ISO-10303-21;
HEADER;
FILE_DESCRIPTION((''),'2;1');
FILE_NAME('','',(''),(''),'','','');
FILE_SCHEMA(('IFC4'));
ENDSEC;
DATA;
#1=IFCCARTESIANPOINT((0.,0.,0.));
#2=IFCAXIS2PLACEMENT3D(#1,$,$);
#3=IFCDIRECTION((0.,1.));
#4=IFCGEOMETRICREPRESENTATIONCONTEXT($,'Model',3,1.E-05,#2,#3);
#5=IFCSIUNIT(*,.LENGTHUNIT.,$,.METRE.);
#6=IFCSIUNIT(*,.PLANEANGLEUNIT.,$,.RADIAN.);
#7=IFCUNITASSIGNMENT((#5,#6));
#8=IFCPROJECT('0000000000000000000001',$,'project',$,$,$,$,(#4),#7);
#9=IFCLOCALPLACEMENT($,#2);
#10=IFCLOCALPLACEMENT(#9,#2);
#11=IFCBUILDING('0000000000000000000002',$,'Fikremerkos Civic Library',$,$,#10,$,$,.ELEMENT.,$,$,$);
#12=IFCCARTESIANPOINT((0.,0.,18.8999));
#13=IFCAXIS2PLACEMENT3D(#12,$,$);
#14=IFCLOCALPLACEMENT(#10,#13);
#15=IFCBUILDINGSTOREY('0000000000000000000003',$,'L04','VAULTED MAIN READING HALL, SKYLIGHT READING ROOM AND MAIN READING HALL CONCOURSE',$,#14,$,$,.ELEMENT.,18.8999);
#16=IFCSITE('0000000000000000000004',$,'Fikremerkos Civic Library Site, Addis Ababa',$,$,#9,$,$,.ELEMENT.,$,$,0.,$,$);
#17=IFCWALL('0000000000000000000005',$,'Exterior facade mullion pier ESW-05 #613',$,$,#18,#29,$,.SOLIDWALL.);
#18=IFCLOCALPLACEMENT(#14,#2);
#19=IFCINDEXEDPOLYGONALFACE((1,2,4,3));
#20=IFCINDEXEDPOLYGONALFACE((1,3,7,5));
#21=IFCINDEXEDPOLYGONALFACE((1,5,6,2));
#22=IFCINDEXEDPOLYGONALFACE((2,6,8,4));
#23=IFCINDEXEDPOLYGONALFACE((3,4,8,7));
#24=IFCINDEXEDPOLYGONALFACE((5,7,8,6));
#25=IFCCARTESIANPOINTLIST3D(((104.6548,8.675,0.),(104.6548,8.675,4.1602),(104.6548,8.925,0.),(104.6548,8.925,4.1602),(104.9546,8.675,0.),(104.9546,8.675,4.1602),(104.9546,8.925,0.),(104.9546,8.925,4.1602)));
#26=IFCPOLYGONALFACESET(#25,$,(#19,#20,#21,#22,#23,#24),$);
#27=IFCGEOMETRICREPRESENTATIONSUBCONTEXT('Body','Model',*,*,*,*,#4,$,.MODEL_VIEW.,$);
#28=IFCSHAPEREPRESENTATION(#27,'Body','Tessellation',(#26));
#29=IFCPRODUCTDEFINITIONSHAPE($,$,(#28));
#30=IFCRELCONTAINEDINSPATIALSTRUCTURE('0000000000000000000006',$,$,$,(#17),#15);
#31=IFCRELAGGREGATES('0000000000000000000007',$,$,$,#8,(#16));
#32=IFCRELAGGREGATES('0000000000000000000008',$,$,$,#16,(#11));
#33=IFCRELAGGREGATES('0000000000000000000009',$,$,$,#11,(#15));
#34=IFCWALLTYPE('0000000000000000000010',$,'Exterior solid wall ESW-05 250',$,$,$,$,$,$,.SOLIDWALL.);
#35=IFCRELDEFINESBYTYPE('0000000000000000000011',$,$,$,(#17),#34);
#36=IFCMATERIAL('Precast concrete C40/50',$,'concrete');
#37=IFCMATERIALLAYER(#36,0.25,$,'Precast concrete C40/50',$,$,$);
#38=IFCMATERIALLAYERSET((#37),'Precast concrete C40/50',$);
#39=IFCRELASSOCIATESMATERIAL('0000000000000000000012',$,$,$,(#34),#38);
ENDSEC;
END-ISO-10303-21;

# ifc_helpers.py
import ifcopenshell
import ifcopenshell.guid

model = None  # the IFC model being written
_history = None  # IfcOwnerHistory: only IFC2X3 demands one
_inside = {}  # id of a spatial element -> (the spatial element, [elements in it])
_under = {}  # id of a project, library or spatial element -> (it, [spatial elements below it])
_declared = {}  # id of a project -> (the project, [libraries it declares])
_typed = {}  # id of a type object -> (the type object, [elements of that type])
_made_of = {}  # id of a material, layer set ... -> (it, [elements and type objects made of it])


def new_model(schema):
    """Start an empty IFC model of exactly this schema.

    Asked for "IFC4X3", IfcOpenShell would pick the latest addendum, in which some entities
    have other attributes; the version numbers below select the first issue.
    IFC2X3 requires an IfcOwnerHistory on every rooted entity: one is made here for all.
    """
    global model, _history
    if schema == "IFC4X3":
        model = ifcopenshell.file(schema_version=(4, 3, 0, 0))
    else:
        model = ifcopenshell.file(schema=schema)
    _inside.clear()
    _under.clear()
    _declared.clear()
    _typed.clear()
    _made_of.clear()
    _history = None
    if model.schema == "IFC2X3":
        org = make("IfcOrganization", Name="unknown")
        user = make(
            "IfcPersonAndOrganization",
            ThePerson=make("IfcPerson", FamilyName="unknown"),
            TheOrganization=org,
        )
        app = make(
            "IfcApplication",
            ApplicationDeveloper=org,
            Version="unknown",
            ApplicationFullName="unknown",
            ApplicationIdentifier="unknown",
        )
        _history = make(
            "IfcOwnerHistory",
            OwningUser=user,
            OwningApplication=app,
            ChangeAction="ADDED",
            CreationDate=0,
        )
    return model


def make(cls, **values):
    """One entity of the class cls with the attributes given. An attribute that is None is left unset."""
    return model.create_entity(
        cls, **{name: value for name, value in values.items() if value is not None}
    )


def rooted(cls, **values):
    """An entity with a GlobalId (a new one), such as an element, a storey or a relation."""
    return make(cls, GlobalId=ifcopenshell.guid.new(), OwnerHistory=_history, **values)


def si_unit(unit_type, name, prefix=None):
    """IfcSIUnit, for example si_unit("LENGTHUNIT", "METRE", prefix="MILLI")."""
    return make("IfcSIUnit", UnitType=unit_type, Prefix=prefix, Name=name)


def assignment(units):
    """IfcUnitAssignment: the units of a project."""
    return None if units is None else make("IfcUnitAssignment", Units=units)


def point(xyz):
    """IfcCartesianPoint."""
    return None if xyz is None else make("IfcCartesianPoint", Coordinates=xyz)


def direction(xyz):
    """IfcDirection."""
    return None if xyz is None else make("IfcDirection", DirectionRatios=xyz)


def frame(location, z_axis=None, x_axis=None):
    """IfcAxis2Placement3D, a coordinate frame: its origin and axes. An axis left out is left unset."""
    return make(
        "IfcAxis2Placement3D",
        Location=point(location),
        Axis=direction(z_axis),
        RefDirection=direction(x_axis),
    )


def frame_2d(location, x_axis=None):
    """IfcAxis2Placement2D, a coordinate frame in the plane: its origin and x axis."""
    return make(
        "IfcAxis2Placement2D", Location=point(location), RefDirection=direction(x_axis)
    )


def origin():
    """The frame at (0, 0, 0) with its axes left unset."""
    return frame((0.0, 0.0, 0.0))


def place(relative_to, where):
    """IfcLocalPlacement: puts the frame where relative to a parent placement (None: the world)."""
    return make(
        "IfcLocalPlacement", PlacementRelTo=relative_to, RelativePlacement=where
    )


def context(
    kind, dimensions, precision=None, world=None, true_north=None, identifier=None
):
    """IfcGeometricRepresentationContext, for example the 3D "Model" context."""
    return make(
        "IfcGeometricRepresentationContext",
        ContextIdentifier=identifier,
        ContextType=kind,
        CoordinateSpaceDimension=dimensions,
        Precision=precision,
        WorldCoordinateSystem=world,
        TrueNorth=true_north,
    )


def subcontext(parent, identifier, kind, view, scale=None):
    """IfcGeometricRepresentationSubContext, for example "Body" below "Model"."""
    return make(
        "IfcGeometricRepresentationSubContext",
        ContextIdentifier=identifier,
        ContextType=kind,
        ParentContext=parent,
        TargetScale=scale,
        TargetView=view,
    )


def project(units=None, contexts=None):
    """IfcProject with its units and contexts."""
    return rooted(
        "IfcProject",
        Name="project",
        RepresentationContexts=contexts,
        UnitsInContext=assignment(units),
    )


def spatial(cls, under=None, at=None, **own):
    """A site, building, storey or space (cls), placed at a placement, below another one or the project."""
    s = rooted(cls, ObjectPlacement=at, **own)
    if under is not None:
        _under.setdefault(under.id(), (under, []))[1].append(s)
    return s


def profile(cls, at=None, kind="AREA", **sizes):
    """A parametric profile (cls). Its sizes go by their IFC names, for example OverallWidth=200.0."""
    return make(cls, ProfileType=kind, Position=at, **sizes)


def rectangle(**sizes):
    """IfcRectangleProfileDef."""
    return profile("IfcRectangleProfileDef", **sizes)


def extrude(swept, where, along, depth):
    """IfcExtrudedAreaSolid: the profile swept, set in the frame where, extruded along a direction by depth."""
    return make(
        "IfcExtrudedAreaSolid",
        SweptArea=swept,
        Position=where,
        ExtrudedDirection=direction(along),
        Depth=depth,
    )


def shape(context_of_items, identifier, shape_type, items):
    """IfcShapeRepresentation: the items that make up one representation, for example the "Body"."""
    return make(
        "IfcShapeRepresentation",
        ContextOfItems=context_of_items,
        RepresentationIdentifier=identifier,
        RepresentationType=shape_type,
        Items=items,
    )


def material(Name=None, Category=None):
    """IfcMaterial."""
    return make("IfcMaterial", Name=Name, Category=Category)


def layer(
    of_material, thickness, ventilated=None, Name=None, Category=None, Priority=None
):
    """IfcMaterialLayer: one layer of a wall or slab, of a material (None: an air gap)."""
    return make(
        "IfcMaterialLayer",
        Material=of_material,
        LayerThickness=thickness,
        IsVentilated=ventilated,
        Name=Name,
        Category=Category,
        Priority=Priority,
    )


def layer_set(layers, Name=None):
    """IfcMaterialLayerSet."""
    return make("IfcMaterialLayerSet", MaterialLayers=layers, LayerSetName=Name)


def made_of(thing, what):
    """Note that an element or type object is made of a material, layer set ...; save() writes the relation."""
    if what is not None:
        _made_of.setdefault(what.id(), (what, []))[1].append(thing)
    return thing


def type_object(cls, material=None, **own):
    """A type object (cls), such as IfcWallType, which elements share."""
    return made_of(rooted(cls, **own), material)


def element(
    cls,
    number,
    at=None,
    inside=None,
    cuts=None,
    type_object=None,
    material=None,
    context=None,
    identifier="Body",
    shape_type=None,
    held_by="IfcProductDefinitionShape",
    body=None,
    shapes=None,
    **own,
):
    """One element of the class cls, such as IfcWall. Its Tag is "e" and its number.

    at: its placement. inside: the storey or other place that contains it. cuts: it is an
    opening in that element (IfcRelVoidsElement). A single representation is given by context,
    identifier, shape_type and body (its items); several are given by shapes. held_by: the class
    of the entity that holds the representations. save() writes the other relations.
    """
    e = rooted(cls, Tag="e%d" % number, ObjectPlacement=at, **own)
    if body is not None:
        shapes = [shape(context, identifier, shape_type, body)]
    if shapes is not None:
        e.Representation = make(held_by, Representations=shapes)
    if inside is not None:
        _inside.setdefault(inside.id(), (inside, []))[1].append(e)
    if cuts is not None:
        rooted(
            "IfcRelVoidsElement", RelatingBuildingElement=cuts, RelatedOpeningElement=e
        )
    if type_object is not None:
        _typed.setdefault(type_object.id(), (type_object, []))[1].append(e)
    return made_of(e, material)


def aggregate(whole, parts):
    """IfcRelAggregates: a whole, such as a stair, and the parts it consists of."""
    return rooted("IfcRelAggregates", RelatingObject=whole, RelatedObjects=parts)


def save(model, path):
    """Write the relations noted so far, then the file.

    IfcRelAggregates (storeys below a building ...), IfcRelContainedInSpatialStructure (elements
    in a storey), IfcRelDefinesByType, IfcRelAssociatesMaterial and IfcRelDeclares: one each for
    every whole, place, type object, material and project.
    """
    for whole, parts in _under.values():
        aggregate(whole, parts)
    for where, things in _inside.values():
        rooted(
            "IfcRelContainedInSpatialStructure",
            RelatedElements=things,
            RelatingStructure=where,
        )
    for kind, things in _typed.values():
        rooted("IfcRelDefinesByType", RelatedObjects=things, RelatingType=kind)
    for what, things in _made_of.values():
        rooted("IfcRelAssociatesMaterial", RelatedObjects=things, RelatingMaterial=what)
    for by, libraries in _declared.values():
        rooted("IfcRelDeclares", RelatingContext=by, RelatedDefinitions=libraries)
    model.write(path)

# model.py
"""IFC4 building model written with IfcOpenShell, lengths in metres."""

from ifc_helpers import new_model, si_unit, direction, frame, frame_2d, origin, place, context, subcontext, project, spatial, rectangle, extrude, material, layer, layer_set, type_object, element, save


model = new_model("IFC4")

# Units and contexts
model_context = context("Model", 3, precision=1e-05, world=origin(), true_north=direction((0.0, 1.0)))
body_context = subcontext(model_context, "Body", "Model", "MODEL_VIEW")
ifc_project = project(units=[si_unit("LENGTHUNIT", "METRE"), si_unit("PLANEANGLEUNIT", "RADIAN")], contexts=[model_context])

# Site, building, storey
site_placement = place(None, origin())
site = spatial("IfcSite", under=ifc_project, at=site_placement, Name="Fikremerkos Civic Library Site, Addis Ababa", CompositionType="ELEMENT", RefElevation=0.0)
building_placement = place(site_placement, origin())
building = spatial("IfcBuilding", under=site, at=building_placement, Name="Fikremerkos Civic Library", CompositionType="ELEMENT")
storey_placement = place(building_placement, frame((0.0, 0.0, 18.8999)))
storey = spatial("IfcBuildingStorey", under=building, at=storey_placement, Name="L04", Description="VAULTED MAIN READING HALL, SKYLIGHT READING ROOM AND MAIN READING HALL CONCOURSE", CompositionType="ELEMENT", Elevation=18.8999)

# Wall
ifc_material_1 = material(Name="Precast concrete C40/50", Category="concrete")
ifc_layer_1 = layer(ifc_material_1, 0.25, Name="Precast concrete C40/50")
ifc_layer_set_1 = layer_set([ifc_layer_1], Name="Precast concrete C40/50")
wall_type = type_object("IfcWallType", Name="Exterior solid wall ESW-05 250", PredefinedType="SOLIDWALL", material=ifc_layer_set_1)
wall_1_placement = place(storey_placement, frame((104.9546, 8.8, 0.0), z_axis=(0.0, 0.0, 1.0), x_axis=(-1.0, 0.0, 0.0)))
element("IfcWall", 1, at=wall_1_placement, inside=storey, type_object=wall_type, Name="Exterior facade mullion pier ESW-05 #613", PredefinedType="SOLIDWALL", context=body_context, shape_type="SweptSolid", body=[
    extrude(rectangle(XDim=0.2998, YDim=0.25, at=frame_2d((0.1499, 0.0))), origin(), (0.0, 0.0, 1.0), 4.1602),
])

save(model, "model.ifc")
